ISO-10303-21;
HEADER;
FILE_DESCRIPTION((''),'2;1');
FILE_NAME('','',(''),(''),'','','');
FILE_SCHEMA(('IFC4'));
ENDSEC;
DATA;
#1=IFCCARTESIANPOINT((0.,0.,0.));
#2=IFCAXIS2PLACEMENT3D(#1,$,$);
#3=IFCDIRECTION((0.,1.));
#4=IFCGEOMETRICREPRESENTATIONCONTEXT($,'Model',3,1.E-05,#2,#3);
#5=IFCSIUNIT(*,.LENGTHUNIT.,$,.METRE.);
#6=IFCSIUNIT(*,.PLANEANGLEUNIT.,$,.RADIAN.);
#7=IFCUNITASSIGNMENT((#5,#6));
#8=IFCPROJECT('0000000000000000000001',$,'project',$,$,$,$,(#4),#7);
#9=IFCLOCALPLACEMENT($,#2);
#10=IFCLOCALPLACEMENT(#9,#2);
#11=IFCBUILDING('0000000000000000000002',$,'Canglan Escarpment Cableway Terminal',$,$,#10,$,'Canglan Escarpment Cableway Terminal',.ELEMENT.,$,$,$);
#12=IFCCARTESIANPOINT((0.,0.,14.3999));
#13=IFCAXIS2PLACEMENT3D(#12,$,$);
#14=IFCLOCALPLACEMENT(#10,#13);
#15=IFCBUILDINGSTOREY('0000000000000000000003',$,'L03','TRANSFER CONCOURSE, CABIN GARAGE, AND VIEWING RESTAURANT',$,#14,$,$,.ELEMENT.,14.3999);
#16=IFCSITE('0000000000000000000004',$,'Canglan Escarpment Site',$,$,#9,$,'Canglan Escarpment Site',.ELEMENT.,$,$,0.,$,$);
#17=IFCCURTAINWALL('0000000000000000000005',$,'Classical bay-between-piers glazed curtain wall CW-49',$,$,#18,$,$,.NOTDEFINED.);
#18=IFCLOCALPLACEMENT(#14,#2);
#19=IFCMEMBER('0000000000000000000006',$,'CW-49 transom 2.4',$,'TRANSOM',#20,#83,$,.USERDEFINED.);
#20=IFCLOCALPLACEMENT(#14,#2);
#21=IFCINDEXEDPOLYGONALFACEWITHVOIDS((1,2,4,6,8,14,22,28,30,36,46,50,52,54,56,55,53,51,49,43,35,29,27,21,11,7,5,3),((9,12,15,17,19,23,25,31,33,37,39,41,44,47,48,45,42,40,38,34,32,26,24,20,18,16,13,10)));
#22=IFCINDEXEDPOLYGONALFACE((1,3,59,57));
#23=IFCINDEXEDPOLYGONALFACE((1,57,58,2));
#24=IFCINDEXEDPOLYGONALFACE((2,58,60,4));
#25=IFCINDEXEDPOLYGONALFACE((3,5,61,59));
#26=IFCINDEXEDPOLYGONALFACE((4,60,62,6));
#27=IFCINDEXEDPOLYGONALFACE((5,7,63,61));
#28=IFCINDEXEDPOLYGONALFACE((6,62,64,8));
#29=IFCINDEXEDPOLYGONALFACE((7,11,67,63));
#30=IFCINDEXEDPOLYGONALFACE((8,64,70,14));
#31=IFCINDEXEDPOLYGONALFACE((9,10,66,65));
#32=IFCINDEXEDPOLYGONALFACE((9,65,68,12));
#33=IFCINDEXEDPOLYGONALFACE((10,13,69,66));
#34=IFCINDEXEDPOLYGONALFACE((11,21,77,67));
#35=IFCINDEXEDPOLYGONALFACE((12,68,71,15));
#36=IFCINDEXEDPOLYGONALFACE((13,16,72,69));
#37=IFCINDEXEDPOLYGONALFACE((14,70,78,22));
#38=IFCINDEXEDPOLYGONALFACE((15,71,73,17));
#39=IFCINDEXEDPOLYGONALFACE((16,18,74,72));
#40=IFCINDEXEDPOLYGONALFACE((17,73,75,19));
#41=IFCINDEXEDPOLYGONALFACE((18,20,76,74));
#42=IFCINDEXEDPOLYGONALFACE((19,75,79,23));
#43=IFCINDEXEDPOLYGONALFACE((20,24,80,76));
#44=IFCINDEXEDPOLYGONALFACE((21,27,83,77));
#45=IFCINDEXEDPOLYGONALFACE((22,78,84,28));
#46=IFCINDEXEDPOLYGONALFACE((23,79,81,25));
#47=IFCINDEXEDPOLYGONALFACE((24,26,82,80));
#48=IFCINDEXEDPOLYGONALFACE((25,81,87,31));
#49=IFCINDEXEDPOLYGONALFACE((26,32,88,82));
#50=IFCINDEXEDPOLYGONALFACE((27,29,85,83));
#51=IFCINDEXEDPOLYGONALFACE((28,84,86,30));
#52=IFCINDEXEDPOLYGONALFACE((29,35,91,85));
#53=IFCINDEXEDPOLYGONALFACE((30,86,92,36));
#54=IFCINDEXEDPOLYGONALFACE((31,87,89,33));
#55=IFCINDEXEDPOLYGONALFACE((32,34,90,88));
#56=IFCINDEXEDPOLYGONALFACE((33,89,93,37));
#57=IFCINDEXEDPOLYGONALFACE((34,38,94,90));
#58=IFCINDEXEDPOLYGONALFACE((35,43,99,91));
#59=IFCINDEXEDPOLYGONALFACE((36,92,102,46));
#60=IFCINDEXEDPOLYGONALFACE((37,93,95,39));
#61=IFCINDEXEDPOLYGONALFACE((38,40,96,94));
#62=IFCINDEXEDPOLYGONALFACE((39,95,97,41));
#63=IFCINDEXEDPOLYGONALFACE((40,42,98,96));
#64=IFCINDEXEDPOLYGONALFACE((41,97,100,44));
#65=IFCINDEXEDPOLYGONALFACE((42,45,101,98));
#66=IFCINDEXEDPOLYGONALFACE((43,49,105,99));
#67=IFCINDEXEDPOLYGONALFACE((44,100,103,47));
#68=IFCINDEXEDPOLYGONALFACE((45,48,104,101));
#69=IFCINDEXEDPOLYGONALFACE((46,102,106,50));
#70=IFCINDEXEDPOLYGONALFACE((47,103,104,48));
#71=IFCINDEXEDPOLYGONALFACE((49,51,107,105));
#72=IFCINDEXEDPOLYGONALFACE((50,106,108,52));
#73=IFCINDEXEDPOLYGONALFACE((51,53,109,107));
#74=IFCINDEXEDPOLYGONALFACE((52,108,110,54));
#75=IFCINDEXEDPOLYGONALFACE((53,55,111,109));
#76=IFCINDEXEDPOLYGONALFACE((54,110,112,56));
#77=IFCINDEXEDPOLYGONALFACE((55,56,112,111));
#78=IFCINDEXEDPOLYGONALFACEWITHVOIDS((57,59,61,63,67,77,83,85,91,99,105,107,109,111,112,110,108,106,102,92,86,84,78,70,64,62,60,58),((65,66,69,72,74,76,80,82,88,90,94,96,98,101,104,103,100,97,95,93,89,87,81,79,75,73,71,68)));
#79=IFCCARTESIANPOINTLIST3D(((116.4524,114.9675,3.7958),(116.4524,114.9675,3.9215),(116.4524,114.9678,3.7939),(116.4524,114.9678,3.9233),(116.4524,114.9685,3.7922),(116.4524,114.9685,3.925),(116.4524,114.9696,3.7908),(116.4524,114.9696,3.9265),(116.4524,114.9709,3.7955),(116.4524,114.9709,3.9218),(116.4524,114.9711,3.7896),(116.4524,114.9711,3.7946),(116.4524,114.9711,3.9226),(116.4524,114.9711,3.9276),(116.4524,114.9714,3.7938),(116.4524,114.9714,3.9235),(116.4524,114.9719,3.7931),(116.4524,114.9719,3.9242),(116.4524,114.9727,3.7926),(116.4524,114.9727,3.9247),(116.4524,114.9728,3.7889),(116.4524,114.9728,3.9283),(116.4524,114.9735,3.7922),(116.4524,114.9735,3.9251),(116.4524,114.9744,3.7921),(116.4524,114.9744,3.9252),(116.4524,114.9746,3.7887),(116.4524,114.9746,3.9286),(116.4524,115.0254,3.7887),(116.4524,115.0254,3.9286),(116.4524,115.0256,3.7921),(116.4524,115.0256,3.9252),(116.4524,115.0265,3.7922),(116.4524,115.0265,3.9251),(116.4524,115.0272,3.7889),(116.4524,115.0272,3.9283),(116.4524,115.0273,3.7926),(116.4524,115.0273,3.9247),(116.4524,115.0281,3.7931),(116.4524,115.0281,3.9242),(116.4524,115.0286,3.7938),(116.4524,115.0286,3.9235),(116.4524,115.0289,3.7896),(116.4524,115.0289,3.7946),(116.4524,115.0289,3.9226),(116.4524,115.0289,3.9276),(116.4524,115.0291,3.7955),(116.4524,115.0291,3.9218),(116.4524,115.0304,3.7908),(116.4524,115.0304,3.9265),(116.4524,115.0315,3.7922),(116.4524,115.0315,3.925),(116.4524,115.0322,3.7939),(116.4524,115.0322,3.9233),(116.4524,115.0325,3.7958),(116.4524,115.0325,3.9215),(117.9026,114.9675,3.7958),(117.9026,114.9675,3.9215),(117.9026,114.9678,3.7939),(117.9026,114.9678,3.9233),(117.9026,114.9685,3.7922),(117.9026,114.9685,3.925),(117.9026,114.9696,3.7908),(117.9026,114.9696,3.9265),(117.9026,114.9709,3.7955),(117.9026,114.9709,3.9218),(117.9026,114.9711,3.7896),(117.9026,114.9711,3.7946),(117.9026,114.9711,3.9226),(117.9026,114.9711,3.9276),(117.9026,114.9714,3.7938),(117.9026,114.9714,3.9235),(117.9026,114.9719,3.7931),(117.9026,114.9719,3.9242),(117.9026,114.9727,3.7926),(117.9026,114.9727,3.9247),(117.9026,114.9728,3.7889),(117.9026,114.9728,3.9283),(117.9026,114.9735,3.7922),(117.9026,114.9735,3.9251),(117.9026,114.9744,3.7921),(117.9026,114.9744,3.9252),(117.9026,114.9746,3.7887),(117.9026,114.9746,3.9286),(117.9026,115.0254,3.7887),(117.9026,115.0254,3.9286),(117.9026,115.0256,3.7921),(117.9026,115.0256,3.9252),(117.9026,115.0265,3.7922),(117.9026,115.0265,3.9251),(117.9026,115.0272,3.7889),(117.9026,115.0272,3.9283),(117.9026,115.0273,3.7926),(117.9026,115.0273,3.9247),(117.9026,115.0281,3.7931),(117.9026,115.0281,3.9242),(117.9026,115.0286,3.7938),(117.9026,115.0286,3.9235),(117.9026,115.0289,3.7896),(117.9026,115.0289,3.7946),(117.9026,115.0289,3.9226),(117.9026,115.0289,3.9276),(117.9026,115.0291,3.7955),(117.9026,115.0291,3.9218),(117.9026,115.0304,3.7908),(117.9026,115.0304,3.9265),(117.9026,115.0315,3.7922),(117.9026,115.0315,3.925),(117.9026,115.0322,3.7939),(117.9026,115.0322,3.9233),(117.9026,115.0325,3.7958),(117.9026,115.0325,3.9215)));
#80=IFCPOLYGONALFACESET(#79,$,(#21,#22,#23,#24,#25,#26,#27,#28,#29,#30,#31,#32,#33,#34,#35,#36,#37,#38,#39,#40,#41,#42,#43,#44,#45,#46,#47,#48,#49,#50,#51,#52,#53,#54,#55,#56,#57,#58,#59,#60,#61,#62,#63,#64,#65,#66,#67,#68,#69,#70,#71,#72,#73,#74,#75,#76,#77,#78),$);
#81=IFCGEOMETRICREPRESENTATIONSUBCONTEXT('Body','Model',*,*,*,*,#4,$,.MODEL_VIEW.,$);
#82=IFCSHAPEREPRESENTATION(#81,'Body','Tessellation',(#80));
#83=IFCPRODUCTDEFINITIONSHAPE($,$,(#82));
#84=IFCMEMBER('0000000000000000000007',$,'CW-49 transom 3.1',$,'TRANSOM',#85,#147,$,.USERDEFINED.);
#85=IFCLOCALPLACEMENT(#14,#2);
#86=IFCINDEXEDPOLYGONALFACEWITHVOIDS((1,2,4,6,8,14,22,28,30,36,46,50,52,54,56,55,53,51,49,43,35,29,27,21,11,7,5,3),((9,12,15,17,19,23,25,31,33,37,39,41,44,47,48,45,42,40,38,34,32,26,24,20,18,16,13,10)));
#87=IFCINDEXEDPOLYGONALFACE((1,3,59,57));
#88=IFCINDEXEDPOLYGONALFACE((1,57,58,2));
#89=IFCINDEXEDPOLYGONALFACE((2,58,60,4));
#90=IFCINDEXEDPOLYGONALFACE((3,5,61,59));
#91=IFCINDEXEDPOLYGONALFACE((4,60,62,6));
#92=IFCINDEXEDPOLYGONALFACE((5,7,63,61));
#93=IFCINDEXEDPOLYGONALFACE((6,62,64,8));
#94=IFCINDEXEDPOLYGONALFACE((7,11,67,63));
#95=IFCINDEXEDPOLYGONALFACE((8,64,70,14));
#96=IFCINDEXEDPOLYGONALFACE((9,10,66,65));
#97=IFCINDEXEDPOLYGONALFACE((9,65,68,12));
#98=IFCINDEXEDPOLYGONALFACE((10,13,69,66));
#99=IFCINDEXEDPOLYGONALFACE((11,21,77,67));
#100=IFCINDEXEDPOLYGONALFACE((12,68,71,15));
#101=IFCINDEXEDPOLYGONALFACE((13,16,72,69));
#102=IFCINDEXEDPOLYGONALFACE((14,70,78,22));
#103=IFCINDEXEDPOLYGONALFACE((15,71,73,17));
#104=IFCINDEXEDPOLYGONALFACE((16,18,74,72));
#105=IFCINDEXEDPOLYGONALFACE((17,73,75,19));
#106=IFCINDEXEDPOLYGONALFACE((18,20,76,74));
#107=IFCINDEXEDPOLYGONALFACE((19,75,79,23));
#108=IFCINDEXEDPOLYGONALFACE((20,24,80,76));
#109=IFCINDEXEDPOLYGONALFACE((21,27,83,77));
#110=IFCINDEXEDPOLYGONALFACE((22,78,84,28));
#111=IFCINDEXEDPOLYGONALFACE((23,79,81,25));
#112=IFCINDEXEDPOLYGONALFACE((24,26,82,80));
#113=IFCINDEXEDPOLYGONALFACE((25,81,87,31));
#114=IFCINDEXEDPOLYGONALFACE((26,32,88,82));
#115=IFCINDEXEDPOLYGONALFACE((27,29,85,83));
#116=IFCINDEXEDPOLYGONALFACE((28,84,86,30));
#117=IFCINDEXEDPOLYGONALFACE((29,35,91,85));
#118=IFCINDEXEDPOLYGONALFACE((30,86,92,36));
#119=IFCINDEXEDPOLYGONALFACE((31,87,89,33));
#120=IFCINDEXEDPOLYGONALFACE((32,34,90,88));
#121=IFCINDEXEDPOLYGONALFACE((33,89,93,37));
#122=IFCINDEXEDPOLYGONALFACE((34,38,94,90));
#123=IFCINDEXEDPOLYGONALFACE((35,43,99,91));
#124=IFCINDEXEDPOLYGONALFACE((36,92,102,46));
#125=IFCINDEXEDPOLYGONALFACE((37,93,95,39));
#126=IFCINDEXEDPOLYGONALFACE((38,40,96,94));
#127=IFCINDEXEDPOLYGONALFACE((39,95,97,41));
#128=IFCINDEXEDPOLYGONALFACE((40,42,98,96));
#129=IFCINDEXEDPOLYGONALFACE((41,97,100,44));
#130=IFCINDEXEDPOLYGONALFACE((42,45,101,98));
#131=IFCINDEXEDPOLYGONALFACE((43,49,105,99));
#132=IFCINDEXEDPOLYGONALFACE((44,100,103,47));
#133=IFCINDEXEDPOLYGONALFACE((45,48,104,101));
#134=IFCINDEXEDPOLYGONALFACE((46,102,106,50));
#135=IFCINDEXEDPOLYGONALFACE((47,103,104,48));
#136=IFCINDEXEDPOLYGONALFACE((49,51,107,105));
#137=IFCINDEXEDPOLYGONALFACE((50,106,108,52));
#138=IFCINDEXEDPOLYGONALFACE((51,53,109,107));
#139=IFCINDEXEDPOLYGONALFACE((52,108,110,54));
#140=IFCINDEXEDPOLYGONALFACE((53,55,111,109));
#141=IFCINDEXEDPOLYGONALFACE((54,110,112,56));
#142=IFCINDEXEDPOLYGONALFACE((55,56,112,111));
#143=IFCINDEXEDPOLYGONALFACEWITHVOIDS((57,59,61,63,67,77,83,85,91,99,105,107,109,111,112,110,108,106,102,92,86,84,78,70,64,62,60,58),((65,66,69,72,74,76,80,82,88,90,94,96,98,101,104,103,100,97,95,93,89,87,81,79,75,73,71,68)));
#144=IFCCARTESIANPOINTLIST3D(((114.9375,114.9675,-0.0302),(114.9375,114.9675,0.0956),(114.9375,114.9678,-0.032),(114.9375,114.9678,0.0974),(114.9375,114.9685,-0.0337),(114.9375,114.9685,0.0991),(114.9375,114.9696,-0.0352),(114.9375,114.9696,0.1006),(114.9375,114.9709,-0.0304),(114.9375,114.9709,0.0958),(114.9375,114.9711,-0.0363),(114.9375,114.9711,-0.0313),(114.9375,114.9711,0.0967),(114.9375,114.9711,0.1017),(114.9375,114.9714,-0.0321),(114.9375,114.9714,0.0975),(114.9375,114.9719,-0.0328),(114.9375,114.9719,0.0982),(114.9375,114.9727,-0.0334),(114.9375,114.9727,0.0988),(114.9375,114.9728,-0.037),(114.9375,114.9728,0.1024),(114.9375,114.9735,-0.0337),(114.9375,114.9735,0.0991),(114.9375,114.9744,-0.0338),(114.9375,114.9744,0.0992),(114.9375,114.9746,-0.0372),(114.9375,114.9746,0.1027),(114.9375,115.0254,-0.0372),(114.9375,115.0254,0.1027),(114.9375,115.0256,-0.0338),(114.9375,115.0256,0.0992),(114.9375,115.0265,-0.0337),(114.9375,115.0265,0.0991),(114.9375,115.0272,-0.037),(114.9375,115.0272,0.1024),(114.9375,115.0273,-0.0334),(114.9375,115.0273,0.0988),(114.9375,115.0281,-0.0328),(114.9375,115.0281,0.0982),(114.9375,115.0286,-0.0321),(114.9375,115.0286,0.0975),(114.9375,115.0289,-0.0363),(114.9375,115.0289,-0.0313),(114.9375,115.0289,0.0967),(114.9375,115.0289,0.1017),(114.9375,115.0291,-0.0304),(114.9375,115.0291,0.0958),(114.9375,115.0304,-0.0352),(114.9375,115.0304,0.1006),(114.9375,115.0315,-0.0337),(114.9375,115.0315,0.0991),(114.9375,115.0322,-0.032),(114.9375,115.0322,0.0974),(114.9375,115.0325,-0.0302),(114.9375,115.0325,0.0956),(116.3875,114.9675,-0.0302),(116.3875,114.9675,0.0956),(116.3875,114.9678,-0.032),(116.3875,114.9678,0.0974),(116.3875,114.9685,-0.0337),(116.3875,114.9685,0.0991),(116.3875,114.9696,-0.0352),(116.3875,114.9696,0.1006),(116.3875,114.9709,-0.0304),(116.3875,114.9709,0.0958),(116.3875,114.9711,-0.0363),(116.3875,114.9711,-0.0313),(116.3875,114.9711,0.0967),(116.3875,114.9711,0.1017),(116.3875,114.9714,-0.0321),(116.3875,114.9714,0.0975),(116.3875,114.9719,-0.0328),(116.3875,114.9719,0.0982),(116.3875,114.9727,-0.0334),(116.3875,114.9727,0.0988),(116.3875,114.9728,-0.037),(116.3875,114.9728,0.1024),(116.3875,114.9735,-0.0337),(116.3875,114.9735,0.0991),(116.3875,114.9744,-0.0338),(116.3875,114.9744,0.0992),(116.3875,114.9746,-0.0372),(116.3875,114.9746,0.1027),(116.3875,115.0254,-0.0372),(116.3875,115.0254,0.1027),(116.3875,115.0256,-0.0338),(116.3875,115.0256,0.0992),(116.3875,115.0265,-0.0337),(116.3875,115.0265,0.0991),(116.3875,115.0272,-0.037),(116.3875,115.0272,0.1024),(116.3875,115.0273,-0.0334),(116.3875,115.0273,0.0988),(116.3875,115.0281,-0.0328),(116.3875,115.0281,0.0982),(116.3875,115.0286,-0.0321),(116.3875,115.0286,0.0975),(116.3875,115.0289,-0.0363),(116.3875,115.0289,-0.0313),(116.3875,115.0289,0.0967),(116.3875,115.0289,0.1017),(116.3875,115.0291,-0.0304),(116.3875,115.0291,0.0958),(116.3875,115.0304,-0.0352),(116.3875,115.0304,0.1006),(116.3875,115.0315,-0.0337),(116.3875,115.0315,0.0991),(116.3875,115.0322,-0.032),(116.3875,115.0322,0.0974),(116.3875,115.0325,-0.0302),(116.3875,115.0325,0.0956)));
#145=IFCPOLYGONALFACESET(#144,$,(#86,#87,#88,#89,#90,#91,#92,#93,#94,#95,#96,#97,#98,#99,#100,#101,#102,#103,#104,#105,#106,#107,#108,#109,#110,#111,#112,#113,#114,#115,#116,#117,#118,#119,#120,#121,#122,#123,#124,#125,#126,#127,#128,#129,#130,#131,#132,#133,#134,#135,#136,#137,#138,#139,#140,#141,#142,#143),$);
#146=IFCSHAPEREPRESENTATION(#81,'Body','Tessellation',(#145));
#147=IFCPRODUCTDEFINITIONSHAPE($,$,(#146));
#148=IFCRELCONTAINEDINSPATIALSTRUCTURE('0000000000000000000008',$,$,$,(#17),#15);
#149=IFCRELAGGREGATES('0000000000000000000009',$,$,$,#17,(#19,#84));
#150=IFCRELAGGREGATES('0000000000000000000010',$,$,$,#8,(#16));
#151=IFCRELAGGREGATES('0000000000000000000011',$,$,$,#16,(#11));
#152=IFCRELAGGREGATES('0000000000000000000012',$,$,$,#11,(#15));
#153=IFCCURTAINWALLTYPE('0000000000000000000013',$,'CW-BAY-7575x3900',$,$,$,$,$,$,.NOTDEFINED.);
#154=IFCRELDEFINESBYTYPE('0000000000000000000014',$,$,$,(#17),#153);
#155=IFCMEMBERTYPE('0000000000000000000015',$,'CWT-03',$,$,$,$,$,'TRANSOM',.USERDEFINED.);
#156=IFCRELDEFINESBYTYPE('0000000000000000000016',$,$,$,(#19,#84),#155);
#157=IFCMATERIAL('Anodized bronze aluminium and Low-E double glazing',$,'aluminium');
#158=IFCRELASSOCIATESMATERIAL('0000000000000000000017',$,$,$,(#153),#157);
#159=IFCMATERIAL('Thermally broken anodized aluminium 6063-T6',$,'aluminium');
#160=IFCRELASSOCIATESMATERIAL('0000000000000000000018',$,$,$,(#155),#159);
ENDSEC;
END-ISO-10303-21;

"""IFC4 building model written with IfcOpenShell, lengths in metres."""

from ifc_helpers import new_model, si_unit, direction, frame, origin, origin_2d, place, context, subcontext, project, spatial, hollow_rectangle, extrude, material, material_profile, profile_set, type_object, element, aggregate, save


model = new_model("IFC4")

# Units and contexts
model_context = context("Model", 3, precision=1e-05, world=origin(), true_north=direction((0.0, 1.0)))
body_context = subcontext(model_context, "Body", "Model", "MODEL_VIEW")
ifc_project = project(units=[si_unit("LENGTHUNIT", "METRE"), si_unit("PLANEANGLEUNIT", "RADIAN")], contexts=[model_context])

# Site, building, storey
site_placement = place(None, origin())
site = spatial("IfcSite", under=ifc_project, at=site_placement, Name="Canglan Escarpment Site", LongName="Canglan Escarpment Site", CompositionType="ELEMENT", RefElevation=0.0)
building_placement = place(site_placement, origin())
building = spatial("IfcBuilding", under=site, at=building_placement, Name="Canglan Escarpment Cableway Terminal", LongName="Canglan Escarpment Cableway Terminal", CompositionType="ELEMENT")
storey_placement = place(building_placement, frame((0.0, 0.0, 14.3999)))
storey = spatial("IfcBuildingStorey", under=building, at=storey_placement, Name="L03", Description="TRANSFER CONCOURSE, CABIN GARAGE, AND VIEWING RESTAURANT", CompositionType="ELEMENT", Elevation=14.3999)

# Curtain wall, members
ifc_material_1 = material(Name="Anodized bronze aluminium and Low-E double glazing", Category="aluminium")
curtain_wall_type = type_object("IfcCurtainWallType", Name="CW-BAY-7575x3900", PredefinedType="NOTDEFINED", material=ifc_material_1)
curtain_wall_placement = place(storey_placement, origin())
curtain_wall = element("IfcCurtainWall", 1, at=curtain_wall_placement, inside=storey, type_object=curtain_wall_type, Name="Classical bay-between-piers glazed curtain wall CW-49", PredefinedType="NOTDEFINED")
ifc_material_2 = material(Name="Thermally broken anodized aluminium 6063-T6", Category="aluminium")
ifc_material_profile_1 = material_profile(ifc_material_2, hollow_rectangle(XDim=0.0649, YDim=0.1399, WallThickness=0.0034, InnerFilletRadius=0.0034, OuterFilletRadius=0.0071, at=origin_2d()), Name="ALU-TRAN 65x140x3.5")
ifc_profile_set_1 = profile_set([ifc_material_profile_1], Name="Thermally broken anodized aluminium 6063-T6")
member_type_1 = type_object("IfcMemberType", Name="CWT-03", ElementType="TRANSOM", PredefinedType="USERDEFINED", material=ifc_profile_set_1)
member_1_placement = place(storey_placement, frame((117.9026, 115.0, 3.8586), z_axis=(-1.0, 0.0, 0.0), x_axis=(0.0, -1.0, 0.0)))
member_1 = element("IfcMember", 2, at=member_1_placement, type_object=member_type_1, Name="CW-49 transom 2.4", ObjectType="TRANSOM", PredefinedType="USERDEFINED", context=body_context, shape_type="SweptSolid", body=[
    extrude(hollow_rectangle(XDim=0.0649, YDim=0.1399, WallThickness=0.0034, InnerFilletRadius=0.0034, OuterFilletRadius=0.0071, at=origin_2d()), origin(), (0.0, 0.0, 1.0), 1.4502),
])
member_2_placement = place(storey_placement, frame((116.3875, 115.0, 0.0327), z_axis=(-1.0, 0.0, 0.0), x_axis=(0.0, -1.0, 0.0)))
member_2 = element("IfcMember", 3, at=member_2_placement, type_object=member_type_1, Name="CW-49 transom 3.1", ObjectType="TRANSOM", PredefinedType="USERDEFINED", context=body_context, shape_type="SweptSolid", body=[
    extrude(hollow_rectangle(XDim=0.0649, YDim=0.1399, WallThickness=0.0034, InnerFilletRadius=0.0034, OuterFilletRadius=0.0071, at=origin_2d()), origin(), (0.0, 0.0, 1.0), 1.45),
])
aggregate(curtain_wall, [member_1, member_2])

save(model, "model.ifc")
